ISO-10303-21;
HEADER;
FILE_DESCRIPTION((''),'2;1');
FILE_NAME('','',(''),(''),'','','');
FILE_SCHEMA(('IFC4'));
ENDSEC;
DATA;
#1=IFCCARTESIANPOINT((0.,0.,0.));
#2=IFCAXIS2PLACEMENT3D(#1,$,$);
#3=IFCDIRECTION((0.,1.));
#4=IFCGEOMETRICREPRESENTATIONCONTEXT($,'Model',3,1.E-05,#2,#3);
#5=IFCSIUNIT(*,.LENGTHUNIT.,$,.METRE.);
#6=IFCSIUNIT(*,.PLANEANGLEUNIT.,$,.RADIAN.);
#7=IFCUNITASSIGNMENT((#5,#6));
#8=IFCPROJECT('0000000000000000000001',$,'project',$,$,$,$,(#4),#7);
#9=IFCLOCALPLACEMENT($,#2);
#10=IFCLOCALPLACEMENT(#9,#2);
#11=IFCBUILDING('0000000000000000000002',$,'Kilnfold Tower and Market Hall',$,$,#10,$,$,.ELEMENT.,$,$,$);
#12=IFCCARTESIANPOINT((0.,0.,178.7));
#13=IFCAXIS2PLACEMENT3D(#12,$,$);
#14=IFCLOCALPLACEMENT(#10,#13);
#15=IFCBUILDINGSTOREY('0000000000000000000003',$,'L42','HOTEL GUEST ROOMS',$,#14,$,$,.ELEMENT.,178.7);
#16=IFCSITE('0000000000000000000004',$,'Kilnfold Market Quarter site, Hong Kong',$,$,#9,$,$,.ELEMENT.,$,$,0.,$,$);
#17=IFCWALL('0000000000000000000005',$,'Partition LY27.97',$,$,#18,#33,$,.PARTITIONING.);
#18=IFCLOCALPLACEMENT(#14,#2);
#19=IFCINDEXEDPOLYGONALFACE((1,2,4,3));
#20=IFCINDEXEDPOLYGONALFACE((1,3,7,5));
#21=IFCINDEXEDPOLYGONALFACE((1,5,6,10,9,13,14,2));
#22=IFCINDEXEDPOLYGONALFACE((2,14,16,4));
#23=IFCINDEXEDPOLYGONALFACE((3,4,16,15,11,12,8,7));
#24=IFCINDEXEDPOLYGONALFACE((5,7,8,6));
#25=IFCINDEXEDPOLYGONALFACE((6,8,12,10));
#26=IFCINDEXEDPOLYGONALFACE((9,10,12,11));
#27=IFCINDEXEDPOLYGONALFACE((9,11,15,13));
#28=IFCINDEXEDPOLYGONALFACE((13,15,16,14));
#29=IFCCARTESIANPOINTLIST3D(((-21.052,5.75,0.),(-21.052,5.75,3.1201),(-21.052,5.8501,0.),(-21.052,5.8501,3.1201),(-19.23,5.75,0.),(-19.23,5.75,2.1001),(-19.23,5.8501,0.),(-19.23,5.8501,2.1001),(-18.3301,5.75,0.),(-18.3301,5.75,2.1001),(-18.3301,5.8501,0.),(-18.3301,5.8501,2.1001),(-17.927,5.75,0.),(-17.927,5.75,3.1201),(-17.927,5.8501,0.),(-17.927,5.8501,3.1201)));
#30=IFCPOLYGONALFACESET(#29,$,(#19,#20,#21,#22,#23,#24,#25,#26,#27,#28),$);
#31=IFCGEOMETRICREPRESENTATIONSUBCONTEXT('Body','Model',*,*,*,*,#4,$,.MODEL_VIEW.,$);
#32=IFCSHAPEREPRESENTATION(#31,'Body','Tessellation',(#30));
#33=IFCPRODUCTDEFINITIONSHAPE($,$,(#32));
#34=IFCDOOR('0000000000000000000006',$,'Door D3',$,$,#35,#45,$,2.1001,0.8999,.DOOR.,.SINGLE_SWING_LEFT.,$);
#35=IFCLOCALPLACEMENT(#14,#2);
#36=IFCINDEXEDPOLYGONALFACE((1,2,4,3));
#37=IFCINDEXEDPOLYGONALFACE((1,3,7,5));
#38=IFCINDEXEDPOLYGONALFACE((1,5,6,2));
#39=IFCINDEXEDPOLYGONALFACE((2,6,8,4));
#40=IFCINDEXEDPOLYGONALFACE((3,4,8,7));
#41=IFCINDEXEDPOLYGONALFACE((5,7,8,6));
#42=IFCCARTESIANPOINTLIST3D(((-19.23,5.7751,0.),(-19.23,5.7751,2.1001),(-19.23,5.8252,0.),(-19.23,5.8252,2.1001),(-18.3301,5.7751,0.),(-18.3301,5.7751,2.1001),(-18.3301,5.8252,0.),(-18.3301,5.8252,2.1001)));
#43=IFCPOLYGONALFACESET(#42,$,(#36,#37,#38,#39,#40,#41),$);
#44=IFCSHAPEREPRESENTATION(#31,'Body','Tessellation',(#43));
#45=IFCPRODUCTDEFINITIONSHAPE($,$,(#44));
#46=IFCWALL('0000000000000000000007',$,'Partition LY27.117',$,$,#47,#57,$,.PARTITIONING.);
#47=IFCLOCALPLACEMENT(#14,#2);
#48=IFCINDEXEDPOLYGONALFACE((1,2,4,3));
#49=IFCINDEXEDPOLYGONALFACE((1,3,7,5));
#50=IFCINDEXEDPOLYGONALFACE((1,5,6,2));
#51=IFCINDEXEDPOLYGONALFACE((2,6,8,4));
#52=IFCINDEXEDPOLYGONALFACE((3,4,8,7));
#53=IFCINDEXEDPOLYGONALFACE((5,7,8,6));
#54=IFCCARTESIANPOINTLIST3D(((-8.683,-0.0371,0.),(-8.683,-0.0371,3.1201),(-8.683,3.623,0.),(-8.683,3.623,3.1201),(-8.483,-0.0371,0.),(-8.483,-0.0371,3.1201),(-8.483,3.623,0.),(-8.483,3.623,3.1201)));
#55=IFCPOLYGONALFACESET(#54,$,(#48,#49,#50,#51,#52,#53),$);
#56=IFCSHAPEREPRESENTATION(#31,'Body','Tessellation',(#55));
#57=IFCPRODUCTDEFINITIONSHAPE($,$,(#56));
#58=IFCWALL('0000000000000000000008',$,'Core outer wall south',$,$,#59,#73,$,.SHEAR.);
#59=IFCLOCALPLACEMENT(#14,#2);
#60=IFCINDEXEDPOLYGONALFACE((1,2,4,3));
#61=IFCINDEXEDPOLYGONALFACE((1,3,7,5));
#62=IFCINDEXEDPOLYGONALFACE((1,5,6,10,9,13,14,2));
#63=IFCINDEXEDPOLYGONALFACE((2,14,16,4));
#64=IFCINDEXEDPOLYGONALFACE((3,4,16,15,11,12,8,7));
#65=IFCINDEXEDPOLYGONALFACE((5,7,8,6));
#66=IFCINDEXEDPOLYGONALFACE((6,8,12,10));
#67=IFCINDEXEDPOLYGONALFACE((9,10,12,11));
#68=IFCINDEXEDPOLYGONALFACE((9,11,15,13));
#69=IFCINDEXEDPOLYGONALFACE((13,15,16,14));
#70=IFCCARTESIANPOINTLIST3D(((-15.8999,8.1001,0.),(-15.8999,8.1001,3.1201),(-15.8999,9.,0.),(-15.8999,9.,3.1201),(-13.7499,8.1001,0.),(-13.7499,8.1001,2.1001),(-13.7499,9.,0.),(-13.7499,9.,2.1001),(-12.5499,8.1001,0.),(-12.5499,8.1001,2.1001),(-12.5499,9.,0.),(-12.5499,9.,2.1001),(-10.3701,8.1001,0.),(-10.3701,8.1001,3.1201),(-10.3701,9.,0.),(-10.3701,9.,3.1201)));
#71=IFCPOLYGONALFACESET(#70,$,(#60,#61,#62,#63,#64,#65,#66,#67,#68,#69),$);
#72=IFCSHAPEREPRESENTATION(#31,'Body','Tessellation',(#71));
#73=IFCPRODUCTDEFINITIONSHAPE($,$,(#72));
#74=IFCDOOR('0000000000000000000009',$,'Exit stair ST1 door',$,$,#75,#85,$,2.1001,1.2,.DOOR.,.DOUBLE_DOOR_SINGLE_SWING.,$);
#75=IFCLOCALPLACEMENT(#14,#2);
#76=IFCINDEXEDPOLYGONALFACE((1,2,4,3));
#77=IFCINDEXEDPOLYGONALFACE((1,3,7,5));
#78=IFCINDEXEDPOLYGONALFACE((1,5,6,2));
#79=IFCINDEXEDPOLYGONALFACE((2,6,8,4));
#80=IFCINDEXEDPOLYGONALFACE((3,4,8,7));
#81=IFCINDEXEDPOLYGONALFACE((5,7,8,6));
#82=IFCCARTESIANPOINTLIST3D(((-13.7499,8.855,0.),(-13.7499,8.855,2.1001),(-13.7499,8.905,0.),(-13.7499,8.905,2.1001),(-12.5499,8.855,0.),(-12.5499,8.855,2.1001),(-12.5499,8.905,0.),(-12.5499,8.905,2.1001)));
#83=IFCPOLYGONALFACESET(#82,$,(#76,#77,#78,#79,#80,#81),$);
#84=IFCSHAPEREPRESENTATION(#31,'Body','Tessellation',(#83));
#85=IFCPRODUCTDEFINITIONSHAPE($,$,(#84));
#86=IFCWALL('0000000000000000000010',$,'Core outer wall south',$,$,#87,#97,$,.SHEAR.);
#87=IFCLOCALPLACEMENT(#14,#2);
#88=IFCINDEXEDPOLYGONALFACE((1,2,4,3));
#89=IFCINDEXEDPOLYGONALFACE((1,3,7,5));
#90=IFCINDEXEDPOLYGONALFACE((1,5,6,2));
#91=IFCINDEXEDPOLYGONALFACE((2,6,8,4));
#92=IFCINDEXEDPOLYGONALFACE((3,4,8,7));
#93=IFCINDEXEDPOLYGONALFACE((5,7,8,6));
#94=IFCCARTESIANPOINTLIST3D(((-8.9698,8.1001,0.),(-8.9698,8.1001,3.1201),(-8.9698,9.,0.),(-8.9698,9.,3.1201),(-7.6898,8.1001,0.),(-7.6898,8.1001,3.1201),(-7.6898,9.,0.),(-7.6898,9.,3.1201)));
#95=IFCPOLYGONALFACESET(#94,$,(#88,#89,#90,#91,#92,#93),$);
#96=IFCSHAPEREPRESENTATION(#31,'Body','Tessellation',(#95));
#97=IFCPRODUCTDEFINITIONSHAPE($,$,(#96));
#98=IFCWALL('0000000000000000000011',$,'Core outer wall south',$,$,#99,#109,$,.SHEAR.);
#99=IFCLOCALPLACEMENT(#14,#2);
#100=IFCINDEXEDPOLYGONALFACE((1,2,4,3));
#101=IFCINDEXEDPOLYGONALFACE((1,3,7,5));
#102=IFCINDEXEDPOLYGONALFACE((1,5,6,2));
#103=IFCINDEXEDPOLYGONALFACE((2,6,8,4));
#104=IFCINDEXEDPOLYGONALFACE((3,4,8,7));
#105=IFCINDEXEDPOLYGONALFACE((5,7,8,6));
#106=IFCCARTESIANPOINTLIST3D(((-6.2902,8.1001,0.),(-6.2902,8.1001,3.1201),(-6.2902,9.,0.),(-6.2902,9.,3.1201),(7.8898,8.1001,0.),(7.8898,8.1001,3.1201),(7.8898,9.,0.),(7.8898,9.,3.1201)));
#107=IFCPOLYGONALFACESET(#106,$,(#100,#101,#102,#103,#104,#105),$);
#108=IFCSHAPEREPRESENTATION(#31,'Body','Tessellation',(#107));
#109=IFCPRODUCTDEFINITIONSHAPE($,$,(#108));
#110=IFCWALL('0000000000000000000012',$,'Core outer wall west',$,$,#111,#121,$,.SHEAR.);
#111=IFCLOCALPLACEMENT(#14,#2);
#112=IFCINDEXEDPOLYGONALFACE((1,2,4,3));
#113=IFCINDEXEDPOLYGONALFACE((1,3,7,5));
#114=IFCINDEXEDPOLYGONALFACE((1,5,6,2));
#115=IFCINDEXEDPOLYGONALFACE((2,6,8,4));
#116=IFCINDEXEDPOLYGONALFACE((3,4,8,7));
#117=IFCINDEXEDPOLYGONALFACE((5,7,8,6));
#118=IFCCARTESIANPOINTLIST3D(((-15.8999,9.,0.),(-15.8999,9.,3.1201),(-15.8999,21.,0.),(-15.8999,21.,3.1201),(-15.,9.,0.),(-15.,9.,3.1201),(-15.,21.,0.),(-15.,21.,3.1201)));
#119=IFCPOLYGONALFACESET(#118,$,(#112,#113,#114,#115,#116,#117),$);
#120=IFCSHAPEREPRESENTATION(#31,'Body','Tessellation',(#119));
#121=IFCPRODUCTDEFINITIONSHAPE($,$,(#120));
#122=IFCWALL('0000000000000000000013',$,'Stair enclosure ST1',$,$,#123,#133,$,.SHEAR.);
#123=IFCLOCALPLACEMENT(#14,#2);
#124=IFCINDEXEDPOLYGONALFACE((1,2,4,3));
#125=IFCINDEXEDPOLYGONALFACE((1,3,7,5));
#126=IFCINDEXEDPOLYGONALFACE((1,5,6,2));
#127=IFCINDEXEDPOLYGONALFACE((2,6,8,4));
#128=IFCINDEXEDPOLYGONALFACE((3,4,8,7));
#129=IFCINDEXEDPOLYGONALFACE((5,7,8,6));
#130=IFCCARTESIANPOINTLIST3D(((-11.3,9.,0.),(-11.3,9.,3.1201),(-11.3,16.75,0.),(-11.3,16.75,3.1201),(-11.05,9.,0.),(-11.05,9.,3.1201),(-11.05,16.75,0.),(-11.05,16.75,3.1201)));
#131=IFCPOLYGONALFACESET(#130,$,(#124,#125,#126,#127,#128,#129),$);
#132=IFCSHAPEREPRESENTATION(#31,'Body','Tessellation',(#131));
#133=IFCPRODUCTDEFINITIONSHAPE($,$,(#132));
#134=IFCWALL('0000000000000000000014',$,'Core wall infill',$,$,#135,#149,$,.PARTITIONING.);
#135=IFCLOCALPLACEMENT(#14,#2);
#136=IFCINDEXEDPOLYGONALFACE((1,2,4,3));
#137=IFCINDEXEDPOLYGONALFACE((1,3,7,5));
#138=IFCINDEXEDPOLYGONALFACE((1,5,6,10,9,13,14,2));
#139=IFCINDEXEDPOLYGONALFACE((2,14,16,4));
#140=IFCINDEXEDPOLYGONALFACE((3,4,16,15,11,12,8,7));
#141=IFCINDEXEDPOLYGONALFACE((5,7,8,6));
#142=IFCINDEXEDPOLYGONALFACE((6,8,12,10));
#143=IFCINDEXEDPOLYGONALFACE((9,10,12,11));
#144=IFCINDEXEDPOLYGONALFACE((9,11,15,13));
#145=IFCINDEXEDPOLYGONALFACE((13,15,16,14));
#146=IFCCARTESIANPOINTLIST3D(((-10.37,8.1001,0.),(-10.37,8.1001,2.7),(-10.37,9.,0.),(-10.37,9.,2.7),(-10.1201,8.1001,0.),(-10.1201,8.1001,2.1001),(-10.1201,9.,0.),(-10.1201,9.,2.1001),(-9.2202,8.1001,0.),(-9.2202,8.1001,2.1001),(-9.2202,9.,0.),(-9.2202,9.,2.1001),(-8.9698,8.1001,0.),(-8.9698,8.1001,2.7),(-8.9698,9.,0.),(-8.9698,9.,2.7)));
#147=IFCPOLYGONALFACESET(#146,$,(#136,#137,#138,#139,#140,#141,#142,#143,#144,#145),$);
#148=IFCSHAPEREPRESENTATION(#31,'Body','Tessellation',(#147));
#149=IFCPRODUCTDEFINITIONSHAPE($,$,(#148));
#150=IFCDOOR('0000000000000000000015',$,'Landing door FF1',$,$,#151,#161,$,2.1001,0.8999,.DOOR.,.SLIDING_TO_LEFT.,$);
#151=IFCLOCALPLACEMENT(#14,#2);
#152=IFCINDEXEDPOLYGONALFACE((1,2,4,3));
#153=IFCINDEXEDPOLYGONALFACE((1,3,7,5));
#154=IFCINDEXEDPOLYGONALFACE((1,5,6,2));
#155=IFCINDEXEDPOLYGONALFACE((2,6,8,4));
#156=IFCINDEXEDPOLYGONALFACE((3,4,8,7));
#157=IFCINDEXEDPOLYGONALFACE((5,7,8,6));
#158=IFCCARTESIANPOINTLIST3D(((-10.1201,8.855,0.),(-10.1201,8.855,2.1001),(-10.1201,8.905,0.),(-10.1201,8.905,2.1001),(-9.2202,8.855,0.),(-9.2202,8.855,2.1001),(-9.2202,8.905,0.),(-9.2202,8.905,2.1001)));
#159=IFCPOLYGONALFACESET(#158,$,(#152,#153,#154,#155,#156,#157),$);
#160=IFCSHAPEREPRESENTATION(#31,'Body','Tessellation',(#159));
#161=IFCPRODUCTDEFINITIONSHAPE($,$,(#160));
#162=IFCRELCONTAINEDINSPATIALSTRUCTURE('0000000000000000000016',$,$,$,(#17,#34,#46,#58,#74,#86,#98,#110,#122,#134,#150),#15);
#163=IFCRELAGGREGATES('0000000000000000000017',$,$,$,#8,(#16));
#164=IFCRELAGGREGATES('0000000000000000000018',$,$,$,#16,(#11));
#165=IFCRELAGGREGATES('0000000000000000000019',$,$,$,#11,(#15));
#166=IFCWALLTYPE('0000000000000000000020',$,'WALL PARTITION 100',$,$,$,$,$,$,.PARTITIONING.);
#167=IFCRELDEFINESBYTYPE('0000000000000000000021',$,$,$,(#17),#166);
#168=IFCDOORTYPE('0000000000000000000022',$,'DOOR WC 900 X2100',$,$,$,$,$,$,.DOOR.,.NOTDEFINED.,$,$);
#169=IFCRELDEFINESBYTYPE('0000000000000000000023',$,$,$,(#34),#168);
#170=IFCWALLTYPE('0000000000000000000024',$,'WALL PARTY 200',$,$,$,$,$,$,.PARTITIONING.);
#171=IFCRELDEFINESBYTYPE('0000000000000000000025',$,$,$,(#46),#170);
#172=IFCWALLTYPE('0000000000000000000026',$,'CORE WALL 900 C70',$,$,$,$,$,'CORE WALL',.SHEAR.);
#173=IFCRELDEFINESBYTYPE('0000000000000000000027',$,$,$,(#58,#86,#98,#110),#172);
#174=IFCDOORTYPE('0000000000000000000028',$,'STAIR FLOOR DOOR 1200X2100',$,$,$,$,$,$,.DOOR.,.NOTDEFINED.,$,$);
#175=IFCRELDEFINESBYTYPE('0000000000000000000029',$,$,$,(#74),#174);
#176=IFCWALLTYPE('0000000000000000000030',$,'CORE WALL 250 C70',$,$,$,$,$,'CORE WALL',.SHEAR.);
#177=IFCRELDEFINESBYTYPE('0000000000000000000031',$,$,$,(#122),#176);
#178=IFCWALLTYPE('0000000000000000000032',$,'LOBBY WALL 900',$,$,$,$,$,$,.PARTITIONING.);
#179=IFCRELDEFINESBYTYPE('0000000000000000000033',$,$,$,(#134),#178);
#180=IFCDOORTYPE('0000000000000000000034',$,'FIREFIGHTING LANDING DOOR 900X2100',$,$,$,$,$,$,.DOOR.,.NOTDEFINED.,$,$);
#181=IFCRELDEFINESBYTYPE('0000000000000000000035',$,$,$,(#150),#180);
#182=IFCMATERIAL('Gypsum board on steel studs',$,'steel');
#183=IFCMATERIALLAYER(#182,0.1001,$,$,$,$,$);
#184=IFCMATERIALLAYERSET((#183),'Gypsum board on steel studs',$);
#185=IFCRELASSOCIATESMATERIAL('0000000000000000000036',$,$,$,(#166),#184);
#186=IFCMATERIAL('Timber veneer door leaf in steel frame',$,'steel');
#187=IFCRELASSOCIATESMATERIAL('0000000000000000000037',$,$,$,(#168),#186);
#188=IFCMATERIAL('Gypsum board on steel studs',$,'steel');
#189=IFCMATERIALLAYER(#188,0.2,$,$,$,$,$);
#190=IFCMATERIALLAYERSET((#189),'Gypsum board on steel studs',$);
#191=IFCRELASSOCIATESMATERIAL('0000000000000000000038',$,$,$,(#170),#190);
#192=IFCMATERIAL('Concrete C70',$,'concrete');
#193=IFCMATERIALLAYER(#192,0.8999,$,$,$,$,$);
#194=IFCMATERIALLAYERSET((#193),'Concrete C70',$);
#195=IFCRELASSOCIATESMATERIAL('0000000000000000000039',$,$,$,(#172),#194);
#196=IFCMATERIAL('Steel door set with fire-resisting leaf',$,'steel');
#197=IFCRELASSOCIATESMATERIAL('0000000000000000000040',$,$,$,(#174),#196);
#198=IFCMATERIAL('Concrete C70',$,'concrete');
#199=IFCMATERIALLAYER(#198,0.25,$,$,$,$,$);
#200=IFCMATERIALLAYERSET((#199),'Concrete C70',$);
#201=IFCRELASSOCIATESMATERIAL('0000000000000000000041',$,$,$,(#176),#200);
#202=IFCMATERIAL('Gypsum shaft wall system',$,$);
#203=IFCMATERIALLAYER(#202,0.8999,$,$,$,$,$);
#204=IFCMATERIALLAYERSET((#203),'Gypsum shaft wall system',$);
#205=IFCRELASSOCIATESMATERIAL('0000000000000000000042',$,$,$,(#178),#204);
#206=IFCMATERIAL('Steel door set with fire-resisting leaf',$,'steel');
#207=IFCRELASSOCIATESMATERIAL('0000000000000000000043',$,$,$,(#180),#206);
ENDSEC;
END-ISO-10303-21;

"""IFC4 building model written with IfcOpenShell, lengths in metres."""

from ifc_helpers import new_model, si_unit, direction, frame, frame_2d, origin, place, context, subcontext, project, spatial, rectangle, extrude, source, transform, mapped, material, layer, layer_set, type_object, element, fill, save


model = new_model("IFC4")

# Units and contexts
model_context = context("Model", 3, precision=1e-05, world=origin(), true_north=direction((0.0, 1.0)))
body_context = subcontext(model_context, "Body", "Model", "MODEL_VIEW")
ifc_project = project(units=[si_unit("LENGTHUNIT", "METRE"), si_unit("PLANEANGLEUNIT", "RADIAN")], contexts=[model_context])

# Site, building, storey
site_placement = place(None, origin())
site = spatial("IfcSite", under=ifc_project, at=site_placement, Name="Kilnfold Market Quarter site, Hong Kong", CompositionType="ELEMENT", RefElevation=0.0)
building_placement = place(site_placement, origin())
building = spatial("IfcBuilding", under=site, at=building_placement, Name="Kilnfold Tower and Market Hall", CompositionType="ELEMENT")
storey_placement = place(building_placement, frame((0.0, 0.0, 178.7)))
storey = spatial("IfcBuildingStorey", under=building, at=storey_placement, Name="L42", Description="HOTEL GUEST ROOMS", CompositionType="ELEMENT", Elevation=178.7)

# Wall, opening, door
ifc_material_1 = material(Name="Gypsum board on steel studs", Category="steel")
ifc_layer_1 = layer(ifc_material_1, 0.1001)
ifc_layer_set_1 = layer_set([ifc_layer_1], Name="Gypsum board on steel studs")
wall_type_1 = type_object("IfcWallType", Name="WALL PARTITION 100", PredefinedType="PARTITIONING", material=ifc_layer_set_1)
wall_1_placement = place(storey_placement, frame((-17.927, 5.8, 0.0), z_axis=(0.0, 0.0, 1.0), x_axis=(-1.0, 0.0, 0.0)))
wall_1 = element("IfcWall", 1, at=wall_1_placement, inside=storey, type_object=wall_type_1, Name="Partition LY27.97", PredefinedType="PARTITIONING", context=body_context, shape_type="SweptSolid", body=[
    extrude(rectangle(XDim=3.125, YDim=0.1001, at=frame_2d((1.5625, 0.0))), origin(), (0.0, 0.0, 1.0), 3.1201),
])
opening_1_placement = place(wall_1_placement, frame((0.4031, 0.0, 0.0)))
opening_1 = element("IfcOpeningElement", 2, at=opening_1_placement, cuts=wall_1, PredefinedType="OPENING", context=body_context, shape_type="SweptSolid", body=[
    extrude(rectangle(XDim=0.8999, YDim=2.1001, at=frame_2d((0.45, 1.05))), frame((0.0, 0.0601, 0.0), z_axis=(0.0, -1.0, 0.0), x_axis=(1.0, 0.0, 0.0)), (0.0, 0.0, 1.0), 0.1201),
])
ifc_material_2 = material(Name="Timber veneer door leaf in steel frame", Category="steel")
door_type_1 = type_object("IfcDoorType", Name="DOOR WC 900 X2100", OperationType="NOTDEFINED", PredefinedType="DOOR", material=ifc_material_2)
door_1_placement = place(opening_1_placement, origin())
door_1 = element("IfcDoor", 3, at=door_1_placement, inside=storey, type_object=door_type_1, Name="Door D3", OperationType="SINGLE_SWING_LEFT", OverallHeight=2.1001, OverallWidth=0.8999, PredefinedType="DOOR", context=body_context, shape_type="SweptSolid", body=[
    extrude(rectangle(XDim=0.8999, YDim=2.1001, at=frame_2d((0.45, 1.05))), frame((0.0, 0.0249, 0.0), z_axis=(0.0, -1.0, 0.0), x_axis=(1.0, 0.0, 0.0)), (0.0, 0.0, 1.0), 0.05),
])
fill(opening_1, door_1)

# Wall
ifc_material_3 = material(Name="Gypsum board on steel studs", Category="steel")
ifc_layer_2 = layer(ifc_material_3, 0.2)
ifc_layer_set_2 = layer_set([ifc_layer_2], Name="Gypsum board on steel studs")
wall_type_2 = type_object("IfcWallType", Name="WALL PARTY 200", PredefinedType="PARTITIONING", material=ifc_layer_set_2)
wall_2_placement = place(storey_placement, frame((-8.583, -0.0371, 0.0), z_axis=(0.0, 0.0, 1.0), x_axis=(0.0, 1.0, 0.0)))
element("IfcWall", 4, at=wall_2_placement, inside=storey, type_object=wall_type_2, Name="Partition LY27.117", PredefinedType="PARTITIONING", context=body_context, shape_type="SweptSolid", body=[
    extrude(rectangle(XDim=3.6602, YDim=0.2, at=frame_2d((1.8301, 0.0))), origin(), (0.0, 0.0, 1.0), 3.1201),
])

# Wall, opening, door
ifc_material_4 = material(Name="Concrete C70", Category="concrete")
ifc_layer_3 = layer(ifc_material_4, 0.8999)
ifc_layer_set_3 = layer_set([ifc_layer_3], Name="Concrete C70")
wall_type_3 = type_object("IfcWallType", Name="CORE WALL 900 C70", ElementType="CORE WALL", PredefinedType="SHEAR", material=ifc_layer_set_3)
shared_shape_1 = source(origin(), body_context, "Body", "SweptSolid", [
    extrude(rectangle(XDim=5.5298, YDim=0.8999, at=frame_2d((2.7649, 0.0))), origin(), (0.0, 0.0, 1.0), 3.1201),
])
wall_3_placement = place(storey_placement, frame((-15.8999, 8.55, 0.0), z_axis=(0.0, 0.0, 1.0), x_axis=(1.0, 0.0, 0.0)))
wall_3 = element("IfcWall", 5, at=wall_3_placement, inside=storey, type_object=wall_type_3, Name="Core outer wall south", PredefinedType="SHEAR", context=body_context, shape_type="MappedRepresentation", body=[
    mapped(shared_shape_1, transform((0.0, 0.0, 0.0))),
])
opening_2_placement = place(wall_3_placement, frame((2.1499, 0.0, 0.0)))
opening_2 = element("IfcOpeningElement", 6, at=opening_2_placement, cuts=wall_3, PredefinedType="OPENING", context=body_context, shape_type="SweptSolid", body=[
    extrude(rectangle(XDim=1.2, YDim=2.1001, at=frame_2d((0.6001, 1.05))), frame((0.0, 0.46, 0.0), z_axis=(0.0, -1.0, 0.0), x_axis=(1.0, 0.0, 0.0)), (0.0, 0.0, 1.0), 0.9199),
])
ifc_material_5 = material(Name="Steel door set with fire-resisting leaf", Category="steel")
door_type_2 = type_object("IfcDoorType", Name="STAIR FLOOR DOOR 1200X2100", OperationType="NOTDEFINED", PredefinedType="DOOR", material=ifc_material_5)
door_2_placement = place(opening_2_placement, origin())
door_2 = element("IfcDoor", 7, at=door_2_placement, inside=storey, type_object=door_type_2, Name="Exit stair ST1 door", OperationType="DOUBLE_DOOR_SINGLE_SWING", OverallHeight=2.1001, OverallWidth=1.2, PredefinedType="DOOR", context=body_context, shape_type="SweptSolid", body=[
    extrude(rectangle(XDim=1.2, YDim=2.1001, at=frame_2d((0.6001, 1.05))), frame((0.0, 0.355, 0.0), z_axis=(0.0, -1.0, 0.0), x_axis=(1.0, 0.0, 0.0)), (0.0, 0.0, 1.0), 0.05),
])
fill(opening_2, door_2)

# Walls
shared_shape_2 = source(origin(), body_context, "Body", "SweptSolid", [
    extrude(rectangle(XDim=1.28, YDim=0.8999, at=frame_2d((0.6401, 0.0))), origin(), (0.0, 0.0, 1.0), 3.1201),
])
wall_4_placement = place(storey_placement, frame((-8.97, 8.55, 0.0), z_axis=(0.0, 0.0, 1.0), x_axis=(1.0, 0.0, 0.0)))
element("IfcWall", 8, at=wall_4_placement, inside=storey, type_object=wall_type_3, Name="Core outer wall south", PredefinedType="SHEAR", context=body_context, shape_type="MappedRepresentation", body=[
    mapped(shared_shape_2, transform((0.0, 0.0, 0.0))),
])
shared_shape_3 = source(origin(), body_context, "Body", "SweptSolid", [
    extrude(rectangle(XDim=14.1799, YDim=0.8999, at=frame_2d((7.0898, 0.0))), origin(), (0.0, 0.0, 1.0), 3.1201),
])
wall_5_placement = place(storey_placement, frame((-6.29, 8.55, 0.0), z_axis=(0.0, 0.0, 1.0), x_axis=(1.0, 0.0, 0.0)))
element("IfcWall", 9, at=wall_5_placement, inside=storey, type_object=wall_type_3, Name="Core outer wall south", PredefinedType="SHEAR", context=body_context, shape_type="MappedRepresentation", body=[
    mapped(shared_shape_3, transform((0.0, 0.0, 0.0))),
])
shared_shape_4 = source(origin(), body_context, "Body", "SweptSolid", [
    extrude(rectangle(XDim=12.0, YDim=0.8999, at=frame_2d((6.0, 0.0))), origin(), (0.0, 0.0, 1.0), 3.1201),
])
wall_6_placement = place(storey_placement, frame((-15.45, 9.0, 0.0), z_axis=(0.0, 0.0, 1.0), x_axis=(0.0, 1.0, 0.0)))
element("IfcWall", 10, at=wall_6_placement, inside=storey, type_object=wall_type_3, Name="Core outer wall west", PredefinedType="SHEAR", context=body_context, shape_type="MappedRepresentation", body=[
    mapped(shared_shape_4, transform((0.0, 0.0, 0.0))),
])
ifc_material_6 = material(Name="Concrete C70", Category="concrete")
ifc_layer_4 = layer(ifc_material_6, 0.25)
ifc_layer_set_4 = layer_set([ifc_layer_4], Name="Concrete C70")
wall_type_4 = type_object("IfcWallType", Name="CORE WALL 250 C70", ElementType="CORE WALL", PredefinedType="SHEAR", material=ifc_layer_set_4)
shared_shape_5 = source(origin(), body_context, "Body", "SweptSolid", [
    extrude(rectangle(XDim=7.75, YDim=0.25, at=frame_2d((3.875, 0.0))), origin(), (0.0, 0.0, 1.0), 3.1201),
])
wall_7_placement = place(storey_placement, frame((-11.175, 9.0, 0.0), z_axis=(0.0, 0.0, 1.0), x_axis=(0.0, 1.0, 0.0)))
element("IfcWall", 11, at=wall_7_placement, inside=storey, type_object=wall_type_4, Name="Stair enclosure ST1", PredefinedType="SHEAR", context=body_context, shape_type="MappedRepresentation", body=[
    mapped(shared_shape_5, transform((0.0, 0.0, 0.0))),
])

# Wall, opening, door
ifc_material_7 = material(Name="Gypsum shaft wall system")
ifc_layer_5 = layer(ifc_material_7, 0.8999)
ifc_layer_set_5 = layer_set([ifc_layer_5], Name="Gypsum shaft wall system")
wall_type_5 = type_object("IfcWallType", Name="LOBBY WALL 900", PredefinedType="PARTITIONING", material=ifc_layer_set_5)
shared_shape_6 = source(origin(), body_context, "Body", "SweptSolid", [
    extrude(rectangle(XDim=1.4001, YDim=0.8999, at=frame_2d((0.7002, 0.0))), origin(), (0.0, 0.0, 1.0), 2.7),
])
wall_8_placement = place(storey_placement, frame((-10.3701, 8.55, 0.0), z_axis=(0.0, 0.0, 1.0), x_axis=(1.0, 0.0, 0.0)))
wall_8 = element("IfcWall", 12, at=wall_8_placement, inside=storey, type_object=wall_type_5, Name="Core wall infill", PredefinedType="PARTITIONING", context=body_context, shape_type="MappedRepresentation", body=[
    mapped(shared_shape_6, transform((0.0, 0.0, 0.0))),
])
opening_3_placement = place(wall_8_placement, frame((0.25, 0.0, 0.0)))
opening_3 = element("IfcOpeningElement", 13, at=opening_3_placement, cuts=wall_8, PredefinedType="OPENING", context=body_context, shape_type="SweptSolid", body=[
    extrude(rectangle(XDim=0.8999, YDim=2.1001, at=frame_2d((0.45, 1.05))), frame((0.0, 0.46, 0.0), z_axis=(0.0, -1.0, 0.0), x_axis=(1.0, 0.0, 0.0)), (0.0, 0.0, 1.0), 0.9199),
])
ifc_material_8 = material(Name="Steel door set with fire-resisting leaf", Category="steel")
door_type_3 = type_object("IfcDoorType", Name="FIREFIGHTING LANDING DOOR 900X2100", OperationType="NOTDEFINED", PredefinedType="DOOR", material=ifc_material_8)
door_3_placement = place(opening_3_placement, origin())
door_3 = element("IfcDoor", 14, at=door_3_placement, inside=storey, type_object=door_type_3, Name="Landing door FF1", OperationType="SLIDING_TO_LEFT", OverallHeight=2.1001, OverallWidth=0.8999, PredefinedType="DOOR", context=body_context, shape_type="SweptSolid", body=[
    extrude(rectangle(XDim=0.8999, YDim=2.1001, at=frame_2d((0.45, 1.05))), frame((0.0, 0.355, 0.0), z_axis=(0.0, -1.0, 0.0), x_axis=(1.0, 0.0, 0.0)), (0.0, 0.0, 1.0), 0.05),
])
fill(opening_3, door_3)

save(model, "model.ifc")
